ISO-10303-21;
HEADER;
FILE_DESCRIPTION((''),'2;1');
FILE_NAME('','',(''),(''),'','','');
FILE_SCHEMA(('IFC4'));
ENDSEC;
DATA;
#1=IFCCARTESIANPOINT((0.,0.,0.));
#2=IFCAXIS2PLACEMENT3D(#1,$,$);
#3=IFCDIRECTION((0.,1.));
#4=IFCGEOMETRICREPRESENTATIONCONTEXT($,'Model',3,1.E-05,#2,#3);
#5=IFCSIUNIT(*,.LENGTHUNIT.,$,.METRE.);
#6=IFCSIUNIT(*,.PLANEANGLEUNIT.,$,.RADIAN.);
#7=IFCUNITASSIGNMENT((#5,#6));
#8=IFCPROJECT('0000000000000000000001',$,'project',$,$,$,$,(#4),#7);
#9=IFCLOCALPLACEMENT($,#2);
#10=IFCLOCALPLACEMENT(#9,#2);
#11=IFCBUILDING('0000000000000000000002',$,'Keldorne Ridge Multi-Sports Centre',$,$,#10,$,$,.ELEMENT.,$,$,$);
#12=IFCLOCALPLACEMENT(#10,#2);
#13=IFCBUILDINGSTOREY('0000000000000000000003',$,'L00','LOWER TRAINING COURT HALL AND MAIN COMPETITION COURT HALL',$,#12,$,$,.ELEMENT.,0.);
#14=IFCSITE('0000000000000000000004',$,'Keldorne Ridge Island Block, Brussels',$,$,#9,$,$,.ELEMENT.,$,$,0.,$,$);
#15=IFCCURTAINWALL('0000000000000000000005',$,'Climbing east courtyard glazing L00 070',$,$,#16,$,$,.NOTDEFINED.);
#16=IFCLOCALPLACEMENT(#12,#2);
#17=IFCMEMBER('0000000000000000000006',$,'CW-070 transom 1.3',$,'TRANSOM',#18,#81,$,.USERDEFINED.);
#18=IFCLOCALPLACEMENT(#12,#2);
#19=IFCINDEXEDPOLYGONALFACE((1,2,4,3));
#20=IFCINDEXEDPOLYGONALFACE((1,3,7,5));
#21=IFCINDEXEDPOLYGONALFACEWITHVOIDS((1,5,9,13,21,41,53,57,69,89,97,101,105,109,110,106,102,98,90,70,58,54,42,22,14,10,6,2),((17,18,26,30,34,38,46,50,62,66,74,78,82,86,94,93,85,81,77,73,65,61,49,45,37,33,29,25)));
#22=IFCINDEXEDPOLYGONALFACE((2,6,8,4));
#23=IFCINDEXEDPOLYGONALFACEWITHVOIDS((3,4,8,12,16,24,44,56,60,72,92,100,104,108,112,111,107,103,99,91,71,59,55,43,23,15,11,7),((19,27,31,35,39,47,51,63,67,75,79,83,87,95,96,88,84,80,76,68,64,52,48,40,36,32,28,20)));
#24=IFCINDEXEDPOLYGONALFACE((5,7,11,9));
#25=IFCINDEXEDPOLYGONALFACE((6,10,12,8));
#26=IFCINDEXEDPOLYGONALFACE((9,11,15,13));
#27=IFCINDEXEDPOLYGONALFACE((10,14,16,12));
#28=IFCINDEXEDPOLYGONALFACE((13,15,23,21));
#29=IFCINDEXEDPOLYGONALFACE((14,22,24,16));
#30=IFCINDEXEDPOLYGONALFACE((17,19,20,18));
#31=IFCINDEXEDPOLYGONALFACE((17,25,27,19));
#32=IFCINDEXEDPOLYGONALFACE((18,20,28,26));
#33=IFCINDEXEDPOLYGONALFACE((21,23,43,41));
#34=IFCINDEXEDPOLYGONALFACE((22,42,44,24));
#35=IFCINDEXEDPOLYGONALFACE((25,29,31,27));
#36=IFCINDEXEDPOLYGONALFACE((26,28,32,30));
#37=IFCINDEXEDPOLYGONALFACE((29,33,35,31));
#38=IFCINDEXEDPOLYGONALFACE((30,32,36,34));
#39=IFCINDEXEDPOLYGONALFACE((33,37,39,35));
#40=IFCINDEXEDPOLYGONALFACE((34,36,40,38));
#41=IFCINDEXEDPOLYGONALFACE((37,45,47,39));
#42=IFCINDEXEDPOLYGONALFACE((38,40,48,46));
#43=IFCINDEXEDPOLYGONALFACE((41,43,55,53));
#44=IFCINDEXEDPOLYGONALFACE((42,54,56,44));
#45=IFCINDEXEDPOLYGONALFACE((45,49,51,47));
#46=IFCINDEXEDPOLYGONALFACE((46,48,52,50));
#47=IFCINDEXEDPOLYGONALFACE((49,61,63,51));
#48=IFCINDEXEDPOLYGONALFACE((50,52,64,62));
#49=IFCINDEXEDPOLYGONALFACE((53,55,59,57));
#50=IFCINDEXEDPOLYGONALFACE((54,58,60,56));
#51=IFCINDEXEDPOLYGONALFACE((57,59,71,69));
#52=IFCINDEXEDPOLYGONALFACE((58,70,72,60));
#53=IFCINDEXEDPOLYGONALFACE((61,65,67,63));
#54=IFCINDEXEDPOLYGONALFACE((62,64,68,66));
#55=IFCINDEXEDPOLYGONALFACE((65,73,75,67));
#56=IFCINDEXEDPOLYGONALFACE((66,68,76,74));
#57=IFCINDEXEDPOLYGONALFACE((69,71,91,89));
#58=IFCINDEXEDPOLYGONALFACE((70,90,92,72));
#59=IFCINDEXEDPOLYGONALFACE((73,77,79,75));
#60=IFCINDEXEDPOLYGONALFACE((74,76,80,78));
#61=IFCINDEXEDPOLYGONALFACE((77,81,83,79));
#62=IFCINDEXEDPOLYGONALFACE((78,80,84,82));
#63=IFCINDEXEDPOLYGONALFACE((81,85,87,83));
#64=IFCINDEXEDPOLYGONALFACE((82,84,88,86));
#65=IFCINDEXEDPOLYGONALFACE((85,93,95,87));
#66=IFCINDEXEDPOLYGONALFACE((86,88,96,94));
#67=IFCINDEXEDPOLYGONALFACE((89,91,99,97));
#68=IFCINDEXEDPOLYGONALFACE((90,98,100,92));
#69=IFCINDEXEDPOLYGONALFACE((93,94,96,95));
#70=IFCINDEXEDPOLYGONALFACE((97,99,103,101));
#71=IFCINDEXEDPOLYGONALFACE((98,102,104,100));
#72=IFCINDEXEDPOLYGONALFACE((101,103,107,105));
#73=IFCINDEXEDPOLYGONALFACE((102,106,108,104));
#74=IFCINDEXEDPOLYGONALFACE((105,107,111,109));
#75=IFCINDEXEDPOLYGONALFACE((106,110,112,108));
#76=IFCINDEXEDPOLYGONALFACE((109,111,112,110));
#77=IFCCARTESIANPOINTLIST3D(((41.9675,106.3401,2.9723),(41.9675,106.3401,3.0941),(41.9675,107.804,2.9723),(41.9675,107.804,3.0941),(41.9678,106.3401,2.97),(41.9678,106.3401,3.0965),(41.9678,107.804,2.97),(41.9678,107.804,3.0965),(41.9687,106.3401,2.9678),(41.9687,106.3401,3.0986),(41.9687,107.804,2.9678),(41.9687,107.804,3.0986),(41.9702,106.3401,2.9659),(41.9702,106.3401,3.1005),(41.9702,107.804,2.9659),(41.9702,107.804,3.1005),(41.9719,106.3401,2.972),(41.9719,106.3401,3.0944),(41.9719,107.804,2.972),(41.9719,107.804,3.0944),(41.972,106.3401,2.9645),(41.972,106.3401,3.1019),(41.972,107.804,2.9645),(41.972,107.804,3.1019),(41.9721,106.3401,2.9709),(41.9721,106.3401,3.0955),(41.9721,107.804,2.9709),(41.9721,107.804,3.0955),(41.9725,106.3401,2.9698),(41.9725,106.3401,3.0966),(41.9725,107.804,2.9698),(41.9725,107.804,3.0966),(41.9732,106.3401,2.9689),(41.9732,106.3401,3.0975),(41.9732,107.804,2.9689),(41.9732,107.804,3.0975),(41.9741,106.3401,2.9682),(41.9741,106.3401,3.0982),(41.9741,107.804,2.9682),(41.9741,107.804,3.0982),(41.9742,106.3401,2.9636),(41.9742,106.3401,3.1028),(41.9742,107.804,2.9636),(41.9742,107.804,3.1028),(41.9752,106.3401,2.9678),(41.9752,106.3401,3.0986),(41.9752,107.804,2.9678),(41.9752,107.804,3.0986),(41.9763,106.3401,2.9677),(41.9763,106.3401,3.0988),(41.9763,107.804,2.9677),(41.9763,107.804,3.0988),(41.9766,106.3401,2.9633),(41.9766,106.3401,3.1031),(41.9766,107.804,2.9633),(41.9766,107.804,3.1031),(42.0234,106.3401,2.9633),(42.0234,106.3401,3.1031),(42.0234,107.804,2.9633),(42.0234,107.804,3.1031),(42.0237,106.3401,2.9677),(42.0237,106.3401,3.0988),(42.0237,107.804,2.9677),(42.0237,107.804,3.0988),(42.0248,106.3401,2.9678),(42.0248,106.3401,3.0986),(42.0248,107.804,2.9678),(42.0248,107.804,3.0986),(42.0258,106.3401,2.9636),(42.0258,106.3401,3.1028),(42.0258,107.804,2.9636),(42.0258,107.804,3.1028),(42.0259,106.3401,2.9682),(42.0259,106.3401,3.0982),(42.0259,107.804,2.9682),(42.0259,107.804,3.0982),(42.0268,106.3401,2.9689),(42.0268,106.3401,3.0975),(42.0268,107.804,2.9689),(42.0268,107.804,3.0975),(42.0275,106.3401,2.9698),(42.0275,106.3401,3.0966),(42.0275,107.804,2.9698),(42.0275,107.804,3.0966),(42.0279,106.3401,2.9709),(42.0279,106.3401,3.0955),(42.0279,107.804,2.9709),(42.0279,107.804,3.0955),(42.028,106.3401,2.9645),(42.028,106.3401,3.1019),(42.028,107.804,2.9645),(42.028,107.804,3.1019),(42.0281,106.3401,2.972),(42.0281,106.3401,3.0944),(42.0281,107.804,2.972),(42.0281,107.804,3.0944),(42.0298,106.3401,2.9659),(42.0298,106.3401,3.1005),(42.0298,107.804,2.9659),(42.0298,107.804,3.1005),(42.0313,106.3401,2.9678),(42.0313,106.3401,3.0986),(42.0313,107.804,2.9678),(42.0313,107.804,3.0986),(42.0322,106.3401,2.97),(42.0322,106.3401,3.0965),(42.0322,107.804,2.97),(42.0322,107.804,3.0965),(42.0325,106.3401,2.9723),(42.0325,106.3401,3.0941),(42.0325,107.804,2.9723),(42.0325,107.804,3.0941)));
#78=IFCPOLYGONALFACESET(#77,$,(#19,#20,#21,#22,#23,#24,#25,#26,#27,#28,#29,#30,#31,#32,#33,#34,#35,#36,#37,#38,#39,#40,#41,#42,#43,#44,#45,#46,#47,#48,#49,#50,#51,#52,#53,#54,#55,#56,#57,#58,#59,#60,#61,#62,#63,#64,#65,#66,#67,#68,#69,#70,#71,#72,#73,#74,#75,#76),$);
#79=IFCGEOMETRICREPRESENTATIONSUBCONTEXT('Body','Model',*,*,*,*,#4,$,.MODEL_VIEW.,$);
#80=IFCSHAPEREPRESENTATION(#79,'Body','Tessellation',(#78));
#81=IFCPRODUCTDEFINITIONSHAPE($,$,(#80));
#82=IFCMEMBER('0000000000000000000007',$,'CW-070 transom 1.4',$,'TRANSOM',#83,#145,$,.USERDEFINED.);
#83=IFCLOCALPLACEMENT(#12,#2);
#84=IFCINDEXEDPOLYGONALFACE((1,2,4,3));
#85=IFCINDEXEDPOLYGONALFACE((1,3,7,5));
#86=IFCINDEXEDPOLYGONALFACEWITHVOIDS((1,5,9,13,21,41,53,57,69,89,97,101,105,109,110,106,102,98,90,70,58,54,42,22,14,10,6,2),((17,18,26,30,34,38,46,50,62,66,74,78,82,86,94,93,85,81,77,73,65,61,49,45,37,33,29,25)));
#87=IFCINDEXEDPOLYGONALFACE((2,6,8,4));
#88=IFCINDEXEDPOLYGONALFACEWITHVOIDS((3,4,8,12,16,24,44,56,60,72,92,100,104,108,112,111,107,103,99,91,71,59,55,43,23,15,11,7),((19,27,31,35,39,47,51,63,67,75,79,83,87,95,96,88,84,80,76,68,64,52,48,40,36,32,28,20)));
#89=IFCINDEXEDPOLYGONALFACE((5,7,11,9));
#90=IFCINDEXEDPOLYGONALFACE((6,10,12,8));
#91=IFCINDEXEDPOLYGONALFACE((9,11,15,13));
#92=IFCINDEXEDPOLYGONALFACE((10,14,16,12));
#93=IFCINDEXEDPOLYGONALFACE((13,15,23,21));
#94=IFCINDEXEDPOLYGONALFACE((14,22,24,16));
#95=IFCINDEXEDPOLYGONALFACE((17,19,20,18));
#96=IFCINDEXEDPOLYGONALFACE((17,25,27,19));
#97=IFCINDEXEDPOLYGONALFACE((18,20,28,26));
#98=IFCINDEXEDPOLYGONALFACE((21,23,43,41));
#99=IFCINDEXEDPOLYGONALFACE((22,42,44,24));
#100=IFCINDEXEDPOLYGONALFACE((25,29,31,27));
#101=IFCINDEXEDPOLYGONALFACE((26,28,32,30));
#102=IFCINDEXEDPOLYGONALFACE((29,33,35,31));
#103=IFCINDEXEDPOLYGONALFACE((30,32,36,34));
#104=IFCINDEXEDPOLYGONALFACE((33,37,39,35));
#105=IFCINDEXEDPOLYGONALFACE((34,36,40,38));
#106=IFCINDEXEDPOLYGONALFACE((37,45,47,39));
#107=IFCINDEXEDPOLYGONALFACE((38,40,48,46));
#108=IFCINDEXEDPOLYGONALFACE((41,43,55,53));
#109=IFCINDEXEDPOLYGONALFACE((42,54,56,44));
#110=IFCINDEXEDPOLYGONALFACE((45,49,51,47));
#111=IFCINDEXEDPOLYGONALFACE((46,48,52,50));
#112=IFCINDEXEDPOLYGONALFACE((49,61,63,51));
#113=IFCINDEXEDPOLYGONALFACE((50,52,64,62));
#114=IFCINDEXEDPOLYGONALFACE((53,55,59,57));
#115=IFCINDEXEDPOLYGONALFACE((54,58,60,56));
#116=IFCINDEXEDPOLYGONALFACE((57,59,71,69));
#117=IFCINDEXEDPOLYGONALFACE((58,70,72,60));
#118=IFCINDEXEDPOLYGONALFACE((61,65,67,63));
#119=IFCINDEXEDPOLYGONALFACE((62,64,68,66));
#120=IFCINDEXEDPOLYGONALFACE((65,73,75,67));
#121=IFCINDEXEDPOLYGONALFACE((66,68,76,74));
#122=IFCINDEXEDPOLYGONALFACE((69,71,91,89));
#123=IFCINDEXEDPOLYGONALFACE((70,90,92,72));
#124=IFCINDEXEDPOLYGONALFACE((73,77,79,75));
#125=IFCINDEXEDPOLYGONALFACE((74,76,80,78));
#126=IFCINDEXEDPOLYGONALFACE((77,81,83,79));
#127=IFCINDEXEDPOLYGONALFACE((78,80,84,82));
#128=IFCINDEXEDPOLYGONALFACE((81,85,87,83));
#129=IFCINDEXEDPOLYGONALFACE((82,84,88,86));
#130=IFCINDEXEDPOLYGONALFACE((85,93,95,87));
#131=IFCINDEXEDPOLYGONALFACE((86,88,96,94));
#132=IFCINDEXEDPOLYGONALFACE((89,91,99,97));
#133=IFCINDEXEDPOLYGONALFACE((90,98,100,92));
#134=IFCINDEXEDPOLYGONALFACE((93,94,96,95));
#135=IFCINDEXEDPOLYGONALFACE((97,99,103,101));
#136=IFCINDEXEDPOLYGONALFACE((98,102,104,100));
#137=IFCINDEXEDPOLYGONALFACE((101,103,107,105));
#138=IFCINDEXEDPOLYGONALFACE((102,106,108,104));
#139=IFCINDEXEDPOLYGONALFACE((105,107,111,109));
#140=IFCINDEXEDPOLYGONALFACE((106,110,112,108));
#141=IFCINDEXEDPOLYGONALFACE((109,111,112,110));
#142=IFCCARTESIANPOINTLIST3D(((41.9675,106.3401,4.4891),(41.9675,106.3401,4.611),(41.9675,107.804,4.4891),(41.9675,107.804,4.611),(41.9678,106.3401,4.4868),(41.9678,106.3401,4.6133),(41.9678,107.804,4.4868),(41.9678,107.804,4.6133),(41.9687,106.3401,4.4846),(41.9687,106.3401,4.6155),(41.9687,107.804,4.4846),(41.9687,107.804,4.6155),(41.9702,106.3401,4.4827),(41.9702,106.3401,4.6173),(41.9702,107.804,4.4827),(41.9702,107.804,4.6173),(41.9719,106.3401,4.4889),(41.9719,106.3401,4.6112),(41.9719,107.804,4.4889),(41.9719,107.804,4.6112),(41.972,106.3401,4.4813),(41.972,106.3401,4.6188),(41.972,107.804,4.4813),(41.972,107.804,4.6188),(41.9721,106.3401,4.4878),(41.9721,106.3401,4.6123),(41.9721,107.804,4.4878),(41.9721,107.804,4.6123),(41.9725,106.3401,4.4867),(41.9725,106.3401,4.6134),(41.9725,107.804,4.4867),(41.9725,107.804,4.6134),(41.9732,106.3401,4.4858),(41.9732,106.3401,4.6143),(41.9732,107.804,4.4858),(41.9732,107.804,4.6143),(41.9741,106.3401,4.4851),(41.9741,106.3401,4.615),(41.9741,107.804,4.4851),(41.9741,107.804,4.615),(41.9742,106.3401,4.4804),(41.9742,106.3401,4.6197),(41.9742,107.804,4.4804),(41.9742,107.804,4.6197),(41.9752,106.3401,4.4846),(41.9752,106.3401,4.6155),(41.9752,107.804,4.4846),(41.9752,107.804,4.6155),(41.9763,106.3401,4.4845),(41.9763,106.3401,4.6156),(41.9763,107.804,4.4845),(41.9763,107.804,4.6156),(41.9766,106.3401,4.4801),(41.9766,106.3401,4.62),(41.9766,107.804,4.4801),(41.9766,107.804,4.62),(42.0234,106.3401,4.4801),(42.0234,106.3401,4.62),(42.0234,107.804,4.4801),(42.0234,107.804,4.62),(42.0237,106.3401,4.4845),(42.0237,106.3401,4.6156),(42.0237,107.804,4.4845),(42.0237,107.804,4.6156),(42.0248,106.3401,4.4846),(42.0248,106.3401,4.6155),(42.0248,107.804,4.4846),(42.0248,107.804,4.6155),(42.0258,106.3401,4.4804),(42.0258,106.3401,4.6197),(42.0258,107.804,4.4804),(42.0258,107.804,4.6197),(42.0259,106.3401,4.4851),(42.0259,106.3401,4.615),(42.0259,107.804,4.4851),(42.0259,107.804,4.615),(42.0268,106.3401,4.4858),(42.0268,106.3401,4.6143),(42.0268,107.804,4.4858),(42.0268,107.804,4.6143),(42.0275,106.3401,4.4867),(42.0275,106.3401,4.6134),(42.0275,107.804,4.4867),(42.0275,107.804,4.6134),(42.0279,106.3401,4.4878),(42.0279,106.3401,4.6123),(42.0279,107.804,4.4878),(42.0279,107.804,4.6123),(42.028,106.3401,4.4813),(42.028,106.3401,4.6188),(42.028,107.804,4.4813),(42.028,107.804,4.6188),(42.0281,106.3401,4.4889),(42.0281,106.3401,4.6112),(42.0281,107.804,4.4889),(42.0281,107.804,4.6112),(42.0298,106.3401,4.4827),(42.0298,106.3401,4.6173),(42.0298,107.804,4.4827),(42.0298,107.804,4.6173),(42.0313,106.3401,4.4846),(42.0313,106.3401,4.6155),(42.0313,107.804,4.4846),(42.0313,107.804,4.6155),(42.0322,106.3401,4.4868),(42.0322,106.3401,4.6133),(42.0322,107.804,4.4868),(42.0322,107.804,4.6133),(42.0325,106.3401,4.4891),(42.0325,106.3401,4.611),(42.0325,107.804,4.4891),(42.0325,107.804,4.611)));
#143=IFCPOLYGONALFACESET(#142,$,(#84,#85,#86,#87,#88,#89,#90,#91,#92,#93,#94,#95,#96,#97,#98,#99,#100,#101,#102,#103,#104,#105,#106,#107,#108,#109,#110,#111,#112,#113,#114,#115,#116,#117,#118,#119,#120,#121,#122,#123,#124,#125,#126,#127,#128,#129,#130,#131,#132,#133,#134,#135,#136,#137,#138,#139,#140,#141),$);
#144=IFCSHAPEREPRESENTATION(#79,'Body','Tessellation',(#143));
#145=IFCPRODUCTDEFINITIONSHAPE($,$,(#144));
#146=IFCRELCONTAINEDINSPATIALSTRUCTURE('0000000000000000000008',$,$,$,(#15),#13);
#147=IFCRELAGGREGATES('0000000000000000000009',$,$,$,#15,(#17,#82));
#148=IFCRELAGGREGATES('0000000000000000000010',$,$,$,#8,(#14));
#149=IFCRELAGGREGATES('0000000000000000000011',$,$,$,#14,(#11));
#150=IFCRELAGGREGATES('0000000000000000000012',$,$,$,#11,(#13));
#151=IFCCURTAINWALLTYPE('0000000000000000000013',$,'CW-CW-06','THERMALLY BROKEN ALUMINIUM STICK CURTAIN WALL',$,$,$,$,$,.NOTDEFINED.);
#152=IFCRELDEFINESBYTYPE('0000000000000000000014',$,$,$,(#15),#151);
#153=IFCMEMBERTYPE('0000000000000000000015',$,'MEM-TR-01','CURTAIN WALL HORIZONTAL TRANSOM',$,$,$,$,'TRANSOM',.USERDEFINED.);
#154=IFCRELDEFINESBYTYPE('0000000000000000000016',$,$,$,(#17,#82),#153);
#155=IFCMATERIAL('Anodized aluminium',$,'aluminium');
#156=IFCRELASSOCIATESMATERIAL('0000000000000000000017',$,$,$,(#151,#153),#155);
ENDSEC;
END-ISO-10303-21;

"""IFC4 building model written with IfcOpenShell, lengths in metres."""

from ifc_helpers import new_model, si_unit, direction, frame, origin, origin_2d, place, context, subcontext, project, spatial, hollow_rectangle, extrude, material, material_profile, profile_set, type_object, element, aggregate, save


model = new_model("IFC4")

# Units and contexts
model_context = context("Model", 3, precision=1e-05, world=origin(), true_north=direction((0.0, 1.0)))
body_context = subcontext(model_context, "Body", "Model", "MODEL_VIEW")
ifc_project = project(units=[si_unit("LENGTHUNIT", "METRE"), si_unit("PLANEANGLEUNIT", "RADIAN")], contexts=[model_context])

# Site, building, storey
site_placement = place(None, origin())
site = spatial("IfcSite", under=ifc_project, at=site_placement, Name="Keldorne Ridge Island Block, Brussels", CompositionType="ELEMENT", RefElevation=0.0)
building_placement = place(site_placement, origin())
building = spatial("IfcBuilding", under=site, at=building_placement, Name="Keldorne Ridge Multi-Sports Centre", CompositionType="ELEMENT")
storey_placement = place(building_placement, origin())
storey = spatial("IfcBuildingStorey", under=building, at=storey_placement, Name="L00", Description="LOWER TRAINING COURT HALL AND MAIN COMPETITION COURT HALL", CompositionType="ELEMENT", Elevation=0.0)

# Shared definitions
ifc_material_1 = material(Name="Anodized aluminium", Category="aluminium")

# Curtain wall, members
curtain_wall_type_1 = type_object("IfcCurtainWallType", Name="CW-CW-06", Description="THERMALLY BROKEN ALUMINIUM STICK CURTAIN WALL", PredefinedType="NOTDEFINED", material=ifc_material_1)
curtain_wall_1_placement = place(storey_placement, origin())
curtain_wall_1 = element("IfcCurtainWall", 1, at=curtain_wall_1_placement, inside=storey, type_object=curtain_wall_type_1, Name="Climbing east courtyard glazing L00 070", PredefinedType="NOTDEFINED")
ifc_material_profile_1 = material_profile(ifc_material_1, hollow_rectangle(XDim=0.0649, YDim=0.1399, WallThickness=0.0044, InnerFilletRadius=0.0044, OuterFilletRadius=0.009, at=origin_2d()), Name="ALU TRANSOM 140x65x4.5")
ifc_profile_set_1 = profile_set([ifc_material_profile_1], Name="Anodized aluminium")
member_type_1 = type_object("IfcMemberType", Name="MEM-TR-01", Description="CURTAIN WALL HORIZONTAL TRANSOM", ElementType="TRANSOM", PredefinedType="USERDEFINED", material=ifc_profile_set_1)
member_1_placement = place(storey_placement, frame((42.0, 106.3401, 3.0332), z_axis=(0.0, 1.0, 0.0), x_axis=(-1.0, 0.0, 0.0)))
member_1 = element("IfcMember", 2, at=member_1_placement, type_object=member_type_1, Name="CW-070 transom 1.3", ObjectType="TRANSOM", PredefinedType="USERDEFINED", context=body_context, shape_type="SweptSolid", body=[
    extrude(hollow_rectangle(XDim=0.0649, YDim=0.1399, WallThickness=0.0044, InnerFilletRadius=0.0044, OuterFilletRadius=0.009, at=origin_2d()), origin(), (0.0, 0.0, 1.0), 1.4639),
])
member_2_placement = place(storey_placement, frame((42.0, 106.3401, 4.55), z_axis=(0.0, 1.0, 0.0), x_axis=(-1.0, 0.0, 0.0)))
member_2 = element("IfcMember", 3, at=member_2_placement, type_object=member_type_1, Name="CW-070 transom 1.4", ObjectType="TRANSOM", PredefinedType="USERDEFINED", context=body_context, shape_type="SweptSolid", body=[
    extrude(hollow_rectangle(XDim=0.0649, YDim=0.1399, WallThickness=0.0044, InnerFilletRadius=0.0044, OuterFilletRadius=0.009, at=origin_2d()), origin(), (0.0, 0.0, 1.0), 1.4639),
])

aggregate(curtain_wall_1, [member_1, member_2])

save(model, "model.ifc")
